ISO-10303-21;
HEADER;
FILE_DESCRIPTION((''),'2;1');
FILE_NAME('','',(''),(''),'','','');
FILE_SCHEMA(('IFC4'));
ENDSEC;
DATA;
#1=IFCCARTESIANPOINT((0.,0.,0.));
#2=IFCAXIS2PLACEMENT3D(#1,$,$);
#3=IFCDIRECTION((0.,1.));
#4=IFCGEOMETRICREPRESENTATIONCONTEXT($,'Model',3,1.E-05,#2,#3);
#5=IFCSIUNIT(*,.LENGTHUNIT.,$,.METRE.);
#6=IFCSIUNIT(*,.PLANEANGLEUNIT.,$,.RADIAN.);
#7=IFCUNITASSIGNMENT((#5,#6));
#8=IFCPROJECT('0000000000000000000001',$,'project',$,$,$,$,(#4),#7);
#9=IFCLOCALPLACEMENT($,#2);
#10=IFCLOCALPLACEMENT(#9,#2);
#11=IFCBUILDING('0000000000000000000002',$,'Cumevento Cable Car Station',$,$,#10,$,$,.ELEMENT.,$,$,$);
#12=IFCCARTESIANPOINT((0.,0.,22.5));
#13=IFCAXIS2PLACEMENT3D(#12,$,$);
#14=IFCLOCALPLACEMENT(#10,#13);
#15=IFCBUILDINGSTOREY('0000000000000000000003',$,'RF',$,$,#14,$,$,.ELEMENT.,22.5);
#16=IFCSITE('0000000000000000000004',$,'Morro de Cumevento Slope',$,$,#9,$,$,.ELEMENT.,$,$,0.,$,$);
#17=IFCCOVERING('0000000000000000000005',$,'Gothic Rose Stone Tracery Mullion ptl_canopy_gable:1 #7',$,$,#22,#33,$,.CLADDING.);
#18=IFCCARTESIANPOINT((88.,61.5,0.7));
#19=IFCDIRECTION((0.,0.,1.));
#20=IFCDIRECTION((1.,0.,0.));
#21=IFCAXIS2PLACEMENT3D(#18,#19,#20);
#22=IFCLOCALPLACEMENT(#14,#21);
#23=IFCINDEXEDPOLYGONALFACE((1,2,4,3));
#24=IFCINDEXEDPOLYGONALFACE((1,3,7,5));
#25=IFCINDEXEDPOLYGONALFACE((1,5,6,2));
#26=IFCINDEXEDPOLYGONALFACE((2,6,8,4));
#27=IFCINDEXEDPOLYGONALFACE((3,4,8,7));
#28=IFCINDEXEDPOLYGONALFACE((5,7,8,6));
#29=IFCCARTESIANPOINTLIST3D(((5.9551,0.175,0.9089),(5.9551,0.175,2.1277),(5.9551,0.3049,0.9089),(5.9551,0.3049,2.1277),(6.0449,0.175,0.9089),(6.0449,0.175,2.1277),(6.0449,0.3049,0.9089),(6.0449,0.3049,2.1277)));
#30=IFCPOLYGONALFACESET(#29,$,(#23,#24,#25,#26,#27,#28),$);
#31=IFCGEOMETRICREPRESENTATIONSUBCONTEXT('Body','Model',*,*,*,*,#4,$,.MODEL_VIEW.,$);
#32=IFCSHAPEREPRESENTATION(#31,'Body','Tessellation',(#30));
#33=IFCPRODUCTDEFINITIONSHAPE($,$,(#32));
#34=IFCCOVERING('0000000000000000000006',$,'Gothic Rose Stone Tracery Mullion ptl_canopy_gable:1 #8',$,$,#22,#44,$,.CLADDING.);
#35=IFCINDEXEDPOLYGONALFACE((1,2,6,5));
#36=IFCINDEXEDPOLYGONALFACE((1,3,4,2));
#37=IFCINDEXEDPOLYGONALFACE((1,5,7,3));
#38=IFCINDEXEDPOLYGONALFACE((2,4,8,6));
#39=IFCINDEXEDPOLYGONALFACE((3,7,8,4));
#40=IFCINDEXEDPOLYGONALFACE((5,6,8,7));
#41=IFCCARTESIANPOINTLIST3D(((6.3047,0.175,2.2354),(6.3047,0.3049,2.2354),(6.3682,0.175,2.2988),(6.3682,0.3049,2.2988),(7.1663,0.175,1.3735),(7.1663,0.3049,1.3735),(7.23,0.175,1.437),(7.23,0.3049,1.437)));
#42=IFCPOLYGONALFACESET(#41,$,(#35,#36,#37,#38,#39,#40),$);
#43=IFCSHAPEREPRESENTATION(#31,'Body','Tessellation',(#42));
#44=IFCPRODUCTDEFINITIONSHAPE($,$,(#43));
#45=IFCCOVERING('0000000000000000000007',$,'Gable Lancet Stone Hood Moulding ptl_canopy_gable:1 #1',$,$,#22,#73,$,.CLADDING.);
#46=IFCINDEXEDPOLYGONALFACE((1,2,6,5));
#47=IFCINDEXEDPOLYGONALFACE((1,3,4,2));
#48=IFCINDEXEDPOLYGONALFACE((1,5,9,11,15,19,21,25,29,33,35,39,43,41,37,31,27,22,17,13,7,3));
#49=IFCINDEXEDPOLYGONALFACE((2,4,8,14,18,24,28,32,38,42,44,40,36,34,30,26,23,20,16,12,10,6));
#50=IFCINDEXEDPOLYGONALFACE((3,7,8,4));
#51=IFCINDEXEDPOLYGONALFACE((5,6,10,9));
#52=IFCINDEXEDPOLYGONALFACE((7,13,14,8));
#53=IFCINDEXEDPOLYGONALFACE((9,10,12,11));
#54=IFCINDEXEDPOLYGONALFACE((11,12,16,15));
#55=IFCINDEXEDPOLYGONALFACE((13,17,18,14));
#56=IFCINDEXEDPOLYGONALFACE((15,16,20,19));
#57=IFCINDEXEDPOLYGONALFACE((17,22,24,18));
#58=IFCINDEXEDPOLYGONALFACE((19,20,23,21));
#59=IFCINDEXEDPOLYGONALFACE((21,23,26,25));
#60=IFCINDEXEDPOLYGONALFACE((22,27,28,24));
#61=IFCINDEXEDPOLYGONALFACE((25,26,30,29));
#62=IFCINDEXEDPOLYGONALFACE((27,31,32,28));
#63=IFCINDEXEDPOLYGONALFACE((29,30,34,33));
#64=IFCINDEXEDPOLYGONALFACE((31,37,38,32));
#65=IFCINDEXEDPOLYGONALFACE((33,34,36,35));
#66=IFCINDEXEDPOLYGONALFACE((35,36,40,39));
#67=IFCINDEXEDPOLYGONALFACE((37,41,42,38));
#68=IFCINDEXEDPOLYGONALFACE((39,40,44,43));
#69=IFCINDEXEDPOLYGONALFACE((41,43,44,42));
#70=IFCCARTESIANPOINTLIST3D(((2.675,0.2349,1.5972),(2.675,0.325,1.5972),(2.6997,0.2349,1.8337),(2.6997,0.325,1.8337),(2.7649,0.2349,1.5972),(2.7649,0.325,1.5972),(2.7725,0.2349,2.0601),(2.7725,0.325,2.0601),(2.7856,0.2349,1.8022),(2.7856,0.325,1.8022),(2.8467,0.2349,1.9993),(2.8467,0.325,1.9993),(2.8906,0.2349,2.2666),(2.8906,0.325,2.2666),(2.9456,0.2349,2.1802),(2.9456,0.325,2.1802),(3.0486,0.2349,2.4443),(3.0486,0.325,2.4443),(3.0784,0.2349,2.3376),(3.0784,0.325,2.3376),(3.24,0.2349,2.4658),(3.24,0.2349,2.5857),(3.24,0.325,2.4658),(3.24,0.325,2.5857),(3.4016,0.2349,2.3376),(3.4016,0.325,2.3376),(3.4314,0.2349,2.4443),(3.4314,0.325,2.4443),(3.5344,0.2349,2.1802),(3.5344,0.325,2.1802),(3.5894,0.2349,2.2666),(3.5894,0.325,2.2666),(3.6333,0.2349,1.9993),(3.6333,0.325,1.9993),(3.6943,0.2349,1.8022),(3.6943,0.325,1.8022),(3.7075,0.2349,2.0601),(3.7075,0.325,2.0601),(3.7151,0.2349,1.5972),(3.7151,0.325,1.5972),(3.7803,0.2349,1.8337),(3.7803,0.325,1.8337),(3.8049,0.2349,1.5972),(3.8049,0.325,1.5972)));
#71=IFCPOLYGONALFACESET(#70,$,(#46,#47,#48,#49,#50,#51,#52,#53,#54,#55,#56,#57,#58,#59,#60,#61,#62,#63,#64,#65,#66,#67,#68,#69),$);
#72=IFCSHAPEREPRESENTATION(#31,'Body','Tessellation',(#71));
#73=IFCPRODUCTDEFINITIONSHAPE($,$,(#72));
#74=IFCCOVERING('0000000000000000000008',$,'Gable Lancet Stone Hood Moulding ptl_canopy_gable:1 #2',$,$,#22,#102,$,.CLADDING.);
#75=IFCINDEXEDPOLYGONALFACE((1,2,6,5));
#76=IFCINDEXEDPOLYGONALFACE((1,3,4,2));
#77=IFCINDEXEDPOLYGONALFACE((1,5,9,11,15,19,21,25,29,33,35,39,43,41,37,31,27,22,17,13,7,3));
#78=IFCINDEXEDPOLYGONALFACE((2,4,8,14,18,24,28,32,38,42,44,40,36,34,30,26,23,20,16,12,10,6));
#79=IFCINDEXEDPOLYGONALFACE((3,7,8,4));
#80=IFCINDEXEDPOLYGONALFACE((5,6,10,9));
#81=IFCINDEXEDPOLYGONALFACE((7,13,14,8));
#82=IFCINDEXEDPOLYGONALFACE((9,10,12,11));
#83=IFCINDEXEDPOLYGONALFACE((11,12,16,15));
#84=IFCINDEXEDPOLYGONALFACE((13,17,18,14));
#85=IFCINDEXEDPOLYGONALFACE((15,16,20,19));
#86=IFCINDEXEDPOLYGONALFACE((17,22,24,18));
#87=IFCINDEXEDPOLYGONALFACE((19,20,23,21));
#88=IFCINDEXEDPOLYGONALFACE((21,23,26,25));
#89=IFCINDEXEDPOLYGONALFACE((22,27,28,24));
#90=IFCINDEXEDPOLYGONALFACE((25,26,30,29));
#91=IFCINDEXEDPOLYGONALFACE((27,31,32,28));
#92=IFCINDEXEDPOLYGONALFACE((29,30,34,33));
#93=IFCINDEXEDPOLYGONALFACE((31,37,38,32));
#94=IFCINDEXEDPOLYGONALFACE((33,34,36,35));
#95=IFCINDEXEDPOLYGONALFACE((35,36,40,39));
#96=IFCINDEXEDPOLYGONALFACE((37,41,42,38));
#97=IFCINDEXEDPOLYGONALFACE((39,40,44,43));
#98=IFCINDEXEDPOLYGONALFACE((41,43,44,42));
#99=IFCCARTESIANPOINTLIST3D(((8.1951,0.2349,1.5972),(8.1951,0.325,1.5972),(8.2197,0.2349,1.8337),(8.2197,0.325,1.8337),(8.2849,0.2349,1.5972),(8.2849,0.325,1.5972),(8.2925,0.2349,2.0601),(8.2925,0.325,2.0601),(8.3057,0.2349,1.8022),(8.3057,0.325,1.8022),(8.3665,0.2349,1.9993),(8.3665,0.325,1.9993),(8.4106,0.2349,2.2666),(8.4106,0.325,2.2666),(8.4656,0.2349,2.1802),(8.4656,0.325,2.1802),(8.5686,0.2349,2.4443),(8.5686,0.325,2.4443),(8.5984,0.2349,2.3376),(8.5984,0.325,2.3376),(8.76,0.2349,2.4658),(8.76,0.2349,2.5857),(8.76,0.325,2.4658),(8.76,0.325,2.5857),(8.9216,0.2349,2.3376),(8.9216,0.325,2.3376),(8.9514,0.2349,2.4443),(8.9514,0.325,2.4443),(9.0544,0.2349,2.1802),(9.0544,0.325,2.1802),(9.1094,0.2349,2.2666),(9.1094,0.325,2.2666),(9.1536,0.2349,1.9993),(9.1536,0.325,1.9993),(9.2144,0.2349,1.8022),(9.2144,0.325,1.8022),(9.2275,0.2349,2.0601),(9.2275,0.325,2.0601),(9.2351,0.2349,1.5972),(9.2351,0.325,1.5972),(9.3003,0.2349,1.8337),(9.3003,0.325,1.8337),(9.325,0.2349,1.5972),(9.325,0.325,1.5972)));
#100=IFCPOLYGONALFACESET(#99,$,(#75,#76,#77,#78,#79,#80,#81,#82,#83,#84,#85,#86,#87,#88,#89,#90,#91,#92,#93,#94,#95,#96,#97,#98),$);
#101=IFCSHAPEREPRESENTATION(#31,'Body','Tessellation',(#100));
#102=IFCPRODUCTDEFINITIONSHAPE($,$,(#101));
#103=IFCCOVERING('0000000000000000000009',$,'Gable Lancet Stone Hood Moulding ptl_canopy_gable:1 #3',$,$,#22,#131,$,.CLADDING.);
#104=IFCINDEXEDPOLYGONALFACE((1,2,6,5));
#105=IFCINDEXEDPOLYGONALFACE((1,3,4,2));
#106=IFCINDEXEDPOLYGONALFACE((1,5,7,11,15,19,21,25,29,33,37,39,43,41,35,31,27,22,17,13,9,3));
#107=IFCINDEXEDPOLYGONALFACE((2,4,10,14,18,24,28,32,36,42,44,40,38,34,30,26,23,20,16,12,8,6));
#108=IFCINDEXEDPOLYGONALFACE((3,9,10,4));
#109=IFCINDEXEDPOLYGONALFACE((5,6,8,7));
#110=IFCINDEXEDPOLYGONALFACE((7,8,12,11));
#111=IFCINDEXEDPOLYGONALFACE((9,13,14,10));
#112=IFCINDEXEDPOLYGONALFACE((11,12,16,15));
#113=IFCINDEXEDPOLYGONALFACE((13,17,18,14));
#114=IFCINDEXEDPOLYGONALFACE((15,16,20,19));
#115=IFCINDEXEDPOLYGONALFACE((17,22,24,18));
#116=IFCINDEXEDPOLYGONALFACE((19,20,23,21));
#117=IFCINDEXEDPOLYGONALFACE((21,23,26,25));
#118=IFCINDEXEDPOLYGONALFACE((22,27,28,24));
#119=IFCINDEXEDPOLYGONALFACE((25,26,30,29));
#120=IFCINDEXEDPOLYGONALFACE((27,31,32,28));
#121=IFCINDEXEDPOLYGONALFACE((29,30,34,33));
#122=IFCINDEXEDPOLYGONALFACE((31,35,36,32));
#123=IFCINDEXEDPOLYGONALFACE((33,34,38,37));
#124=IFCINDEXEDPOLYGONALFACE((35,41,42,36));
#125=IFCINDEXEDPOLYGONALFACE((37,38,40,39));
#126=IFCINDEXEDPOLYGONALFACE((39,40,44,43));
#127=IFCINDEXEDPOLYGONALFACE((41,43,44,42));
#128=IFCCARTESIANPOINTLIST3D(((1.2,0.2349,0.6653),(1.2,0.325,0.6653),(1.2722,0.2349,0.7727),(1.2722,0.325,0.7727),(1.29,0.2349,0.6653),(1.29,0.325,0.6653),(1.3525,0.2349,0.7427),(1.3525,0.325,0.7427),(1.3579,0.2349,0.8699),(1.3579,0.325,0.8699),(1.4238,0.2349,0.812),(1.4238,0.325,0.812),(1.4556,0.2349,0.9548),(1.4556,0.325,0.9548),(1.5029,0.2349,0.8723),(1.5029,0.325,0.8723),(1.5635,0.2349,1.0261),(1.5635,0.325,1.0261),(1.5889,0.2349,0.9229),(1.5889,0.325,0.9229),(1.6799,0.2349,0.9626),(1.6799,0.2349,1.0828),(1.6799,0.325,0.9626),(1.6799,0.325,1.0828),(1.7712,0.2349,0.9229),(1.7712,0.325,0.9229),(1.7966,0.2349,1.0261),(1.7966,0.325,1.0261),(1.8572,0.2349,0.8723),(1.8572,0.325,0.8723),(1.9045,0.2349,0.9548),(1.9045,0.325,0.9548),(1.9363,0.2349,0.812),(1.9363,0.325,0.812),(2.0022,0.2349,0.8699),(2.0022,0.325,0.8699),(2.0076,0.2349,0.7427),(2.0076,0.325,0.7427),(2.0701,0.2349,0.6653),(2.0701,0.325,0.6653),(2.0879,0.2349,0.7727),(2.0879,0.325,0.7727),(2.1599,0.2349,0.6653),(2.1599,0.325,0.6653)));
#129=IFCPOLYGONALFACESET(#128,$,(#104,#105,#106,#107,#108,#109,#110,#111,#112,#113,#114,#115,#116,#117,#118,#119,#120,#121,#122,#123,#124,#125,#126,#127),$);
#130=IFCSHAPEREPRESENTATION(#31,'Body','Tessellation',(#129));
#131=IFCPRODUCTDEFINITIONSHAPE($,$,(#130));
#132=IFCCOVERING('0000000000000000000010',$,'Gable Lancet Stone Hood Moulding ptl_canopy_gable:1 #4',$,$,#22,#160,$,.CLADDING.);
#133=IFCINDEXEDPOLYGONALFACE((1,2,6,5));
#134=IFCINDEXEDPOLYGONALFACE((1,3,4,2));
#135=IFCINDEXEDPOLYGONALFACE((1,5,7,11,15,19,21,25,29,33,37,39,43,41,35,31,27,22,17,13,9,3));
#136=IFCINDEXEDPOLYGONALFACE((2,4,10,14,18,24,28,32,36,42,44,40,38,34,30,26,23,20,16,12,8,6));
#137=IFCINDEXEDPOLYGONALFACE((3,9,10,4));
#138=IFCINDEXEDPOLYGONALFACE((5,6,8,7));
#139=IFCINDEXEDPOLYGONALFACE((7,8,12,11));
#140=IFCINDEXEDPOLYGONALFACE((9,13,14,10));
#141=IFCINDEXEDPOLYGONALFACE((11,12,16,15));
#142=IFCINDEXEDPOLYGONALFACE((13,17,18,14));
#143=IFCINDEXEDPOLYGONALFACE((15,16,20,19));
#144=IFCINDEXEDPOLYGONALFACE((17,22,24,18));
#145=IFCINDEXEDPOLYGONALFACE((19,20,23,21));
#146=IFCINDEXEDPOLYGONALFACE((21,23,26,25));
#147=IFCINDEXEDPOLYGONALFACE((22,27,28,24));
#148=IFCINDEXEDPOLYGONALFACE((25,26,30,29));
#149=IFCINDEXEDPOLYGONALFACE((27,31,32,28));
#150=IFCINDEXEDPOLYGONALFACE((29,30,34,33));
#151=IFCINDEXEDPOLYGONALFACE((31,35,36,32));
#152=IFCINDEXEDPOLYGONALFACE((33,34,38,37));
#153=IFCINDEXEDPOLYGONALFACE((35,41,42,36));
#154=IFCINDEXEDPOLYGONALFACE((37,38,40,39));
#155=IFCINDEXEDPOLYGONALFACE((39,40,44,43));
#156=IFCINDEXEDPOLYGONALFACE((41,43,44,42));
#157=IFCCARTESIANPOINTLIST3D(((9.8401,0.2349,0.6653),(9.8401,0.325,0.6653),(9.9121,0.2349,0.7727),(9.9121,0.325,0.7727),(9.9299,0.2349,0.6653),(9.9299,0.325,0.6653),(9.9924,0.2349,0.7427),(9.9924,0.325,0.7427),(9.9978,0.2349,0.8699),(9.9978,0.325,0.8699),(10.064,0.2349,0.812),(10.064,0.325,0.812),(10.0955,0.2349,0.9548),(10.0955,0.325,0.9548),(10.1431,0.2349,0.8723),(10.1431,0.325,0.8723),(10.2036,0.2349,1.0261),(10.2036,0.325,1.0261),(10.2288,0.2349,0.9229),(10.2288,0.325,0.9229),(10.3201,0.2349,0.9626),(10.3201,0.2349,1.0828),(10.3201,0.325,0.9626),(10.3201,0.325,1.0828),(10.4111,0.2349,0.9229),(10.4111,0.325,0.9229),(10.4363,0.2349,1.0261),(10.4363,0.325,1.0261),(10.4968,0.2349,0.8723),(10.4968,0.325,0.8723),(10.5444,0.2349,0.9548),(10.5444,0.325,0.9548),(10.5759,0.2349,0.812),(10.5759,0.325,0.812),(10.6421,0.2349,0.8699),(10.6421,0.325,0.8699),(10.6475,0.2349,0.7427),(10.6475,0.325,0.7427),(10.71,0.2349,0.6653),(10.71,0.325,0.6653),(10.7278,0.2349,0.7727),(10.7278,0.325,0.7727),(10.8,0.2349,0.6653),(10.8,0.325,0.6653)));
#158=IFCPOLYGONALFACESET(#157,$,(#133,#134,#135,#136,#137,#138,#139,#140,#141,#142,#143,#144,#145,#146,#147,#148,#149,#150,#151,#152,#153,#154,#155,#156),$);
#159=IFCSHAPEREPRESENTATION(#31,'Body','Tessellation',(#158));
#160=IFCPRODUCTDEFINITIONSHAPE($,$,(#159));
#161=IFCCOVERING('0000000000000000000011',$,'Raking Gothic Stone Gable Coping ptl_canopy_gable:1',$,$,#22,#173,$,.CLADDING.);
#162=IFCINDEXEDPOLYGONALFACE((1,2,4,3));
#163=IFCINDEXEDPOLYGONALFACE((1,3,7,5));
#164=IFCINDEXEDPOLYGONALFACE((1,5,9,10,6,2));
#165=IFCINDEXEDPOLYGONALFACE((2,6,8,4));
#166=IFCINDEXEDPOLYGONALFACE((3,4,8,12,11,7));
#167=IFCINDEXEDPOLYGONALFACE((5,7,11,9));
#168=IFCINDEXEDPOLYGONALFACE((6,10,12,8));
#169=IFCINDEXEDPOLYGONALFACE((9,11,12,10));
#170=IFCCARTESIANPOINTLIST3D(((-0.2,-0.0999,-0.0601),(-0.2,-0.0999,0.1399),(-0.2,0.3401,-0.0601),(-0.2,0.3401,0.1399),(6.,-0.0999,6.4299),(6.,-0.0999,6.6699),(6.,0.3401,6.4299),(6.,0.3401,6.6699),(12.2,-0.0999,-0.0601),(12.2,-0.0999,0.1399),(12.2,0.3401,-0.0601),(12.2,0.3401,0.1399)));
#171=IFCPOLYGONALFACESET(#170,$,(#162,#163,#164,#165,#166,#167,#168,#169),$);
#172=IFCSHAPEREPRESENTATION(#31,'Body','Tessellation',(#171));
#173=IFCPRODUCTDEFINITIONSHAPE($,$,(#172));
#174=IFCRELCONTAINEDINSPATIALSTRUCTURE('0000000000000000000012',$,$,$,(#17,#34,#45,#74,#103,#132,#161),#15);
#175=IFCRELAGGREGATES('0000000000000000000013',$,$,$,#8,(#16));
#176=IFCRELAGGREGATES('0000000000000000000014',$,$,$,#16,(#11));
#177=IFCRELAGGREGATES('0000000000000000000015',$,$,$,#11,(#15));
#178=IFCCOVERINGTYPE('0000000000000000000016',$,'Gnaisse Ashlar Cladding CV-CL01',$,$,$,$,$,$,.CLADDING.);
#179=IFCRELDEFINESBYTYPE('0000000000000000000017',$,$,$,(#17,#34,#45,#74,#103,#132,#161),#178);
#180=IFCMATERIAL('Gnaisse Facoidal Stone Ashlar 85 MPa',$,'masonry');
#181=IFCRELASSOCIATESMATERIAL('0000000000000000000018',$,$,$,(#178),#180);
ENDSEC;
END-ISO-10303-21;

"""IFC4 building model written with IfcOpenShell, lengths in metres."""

from ifc_helpers import new_model, si_unit, direction, frame, origin, place, context, subcontext, project, spatial, polyline, outline, extrude, material, type_object, element, save


model = new_model("IFC4")

# Units and contexts
model_context = context("Model", 3, precision=1e-05, world=origin(), true_north=direction((0.0, 1.0)))
body_context = subcontext(model_context, "Body", "Model", "MODEL_VIEW")
ifc_project = project(units=[si_unit("LENGTHUNIT", "METRE"), si_unit("PLANEANGLEUNIT", "RADIAN")], contexts=[model_context])

# Site, building, storey
site_placement = place(None, origin())
site = spatial("IfcSite", under=ifc_project, at=site_placement, Name="Morro de Cumevento Slope", CompositionType="ELEMENT", RefElevation=0.0)
building_placement = place(site_placement, origin())
building = spatial("IfcBuilding", under=site, at=building_placement, Name="Cumevento Cable Car Station", CompositionType="ELEMENT")
storey_placement = place(building_placement, frame((0.0, 0.0, 22.5)))
storey = spatial("IfcBuildingStorey", under=building, at=storey_placement, Name="RF", CompositionType="ELEMENT", Elevation=22.5)

# Coverings
ifc_material_1 = material(Name="Gnaisse Facoidal Stone Ashlar 85 MPa", Category="masonry")
covering_type_1 = type_object("IfcCoveringType", Name="Gnaisse Ashlar Cladding CV-CL01", PredefinedType="CLADDING", material=ifc_material_1)
placement = place(storey_placement, frame((88.0, 61.5, 0.7), z_axis=(0.0, 0.0, 1.0), x_axis=(1.0, 0.0, 0.0)))
element("IfcCovering", 1, at=placement, inside=storey, type_object=covering_type_1, Name="Gothic Rose Stone Tracery Mullion ptl_canopy_gable:1 #7", PredefinedType="CLADDING", context=body_context, shape_type="SweptSolid", body=[
    extrude(outline(polyline([(6.0449, 2.1277), (6.0449, 0.9089), (5.9551, 0.9089), (5.9551, 2.1277), (6.0449, 2.1277)])), frame((0.0, 0.3049, 0.0), z_axis=(0.0, -1.0, 0.0), x_axis=(1.0, 0.0, 0.0)), (0.0, 0.0, 1.0), 0.1299),
])
element("IfcCovering", 2, at=placement, inside=storey, type_object=covering_type_1, Name="Gothic Rose Stone Tracery Mullion ptl_canopy_gable:1 #8", PredefinedType="CLADDING", context=body_context, shape_type="SweptSolid", body=[
    extrude(outline(polyline([(6.3682, 2.2988), (7.23, 1.437), (7.1663, 1.3735), (6.3047, 2.2354), (6.3682, 2.2988)])), frame((0.0, 0.3049, 0.0), z_axis=(0.0, -1.0, 0.0), x_axis=(1.0, 0.0, 0.0)), (0.0, 0.0, 1.0), 0.1299),
])
element("IfcCovering", 3, at=placement, inside=storey, type_object=covering_type_1, Name="Gable Lancet Stone Hood Moulding ptl_canopy_gable:1 #1", PredefinedType="CLADDING", context=body_context, shape_type="SweptSolid", body=[
    extrude(outline(polyline([(2.7649, 1.5972), (2.7856, 1.8022), (2.8467, 1.9993), (2.9456, 2.1802), (3.0784, 2.3376), (3.24, 2.4658), (3.4016, 2.3376), (3.5344, 2.1802), (3.6333, 1.9993), (3.6943, 1.8022), (3.7151, 1.5972), (3.8049, 1.5972), (3.7803, 1.8337), (3.7075, 2.0601), (3.5894, 2.2666), (3.4314, 2.4443), (3.24, 2.5857), (3.0486, 2.4443), (2.8906, 2.2666), (2.7725, 2.0601), (2.6997, 1.8337), (2.675, 1.5972), (2.7649, 1.5972)])), frame((0.0, 0.325, 0.0), z_axis=(0.0, -1.0, 0.0), x_axis=(1.0, 0.0, 0.0)), (0.0, 0.0, 1.0), 0.0901),
])
element("IfcCovering", 4, at=placement, inside=storey, type_object=covering_type_1, Name="Gable Lancet Stone Hood Moulding ptl_canopy_gable:1 #2", PredefinedType="CLADDING", context=body_context, shape_type="SweptSolid", body=[
    extrude(outline(polyline([(8.2849, 1.5972), (8.3057, 1.8022), (8.3665, 1.9993), (8.4656, 2.1802), (8.5984, 2.3376), (8.76, 2.4658), (8.9216, 2.3376), (9.0544, 2.1802), (9.1536, 1.9993), (9.2144, 1.8022), (9.2351, 1.5972), (9.325, 1.5972), (9.3003, 1.8337), (9.2275, 2.0601), (9.1094, 2.2666), (8.9514, 2.4443), (8.76, 2.5857), (8.5686, 2.4443), (8.4106, 2.2666), (8.2925, 2.0601), (8.2197, 1.8337), (8.1951, 1.5972), (8.2849, 1.5972)])), frame((0.0, 0.325, 0.0), z_axis=(0.0, -1.0, 0.0), x_axis=(1.0, 0.0, 0.0)), (0.0, 0.0, 1.0), 0.0901),
])
element("IfcCovering", 5, at=placement, inside=storey, type_object=covering_type_1, Name="Gable Lancet Stone Hood Moulding ptl_canopy_gable:1 #3", PredefinedType="CLADDING", context=body_context, shape_type="SweptSolid", body=[
    extrude(outline(polyline([(1.29, 0.6653), (1.3525, 0.7427), (1.4238, 0.812), (1.5029, 0.8723), (1.5889, 0.9229), (1.6799, 0.9626), (1.7712, 0.9229), (1.8572, 0.8723), (1.9363, 0.812), (2.0076, 0.7427), (2.0701, 0.6653), (2.1599, 0.6653), (2.0879, 0.7727), (2.0022, 0.8699), (1.9045, 0.9548), (1.7966, 1.0261), (1.6799, 1.0828), (1.5635, 1.0261), (1.4556, 0.9548), (1.3579, 0.8699), (1.2722, 0.7727), (1.2, 0.6653), (1.29, 0.6653)])), frame((0.0, 0.325, 0.0), z_axis=(0.0, -1.0, 0.0), x_axis=(1.0, 0.0, 0.0)), (0.0, 0.0, 1.0), 0.0901),
])
element("IfcCovering", 6, at=placement, inside=storey, type_object=covering_type_1, Name="Gable Lancet Stone Hood Moulding ptl_canopy_gable:1 #4", PredefinedType="CLADDING", context=body_context, shape_type="SweptSolid", body=[
    extrude(outline(polyline([(9.9299, 0.6653), (9.9924, 0.7427), (10.064, 0.812), (10.1431, 0.8723), (10.2288, 0.9229), (10.3201, 0.9626), (10.4111, 0.9229), (10.4968, 0.8723), (10.5759, 0.812), (10.6475, 0.7427), (10.71, 0.6653), (10.8, 0.6653), (10.7278, 0.7727), (10.6421, 0.8699), (10.5444, 0.9548), (10.4363, 1.0261), (10.3201, 1.0828), (10.2036, 1.0261), (10.0955, 0.9548), (9.9978, 0.8699), (9.9121, 0.7727), (9.8401, 0.6653), (9.9299, 0.6653)])), frame((0.0, 0.325, 0.0), z_axis=(0.0, -1.0, 0.0), x_axis=(1.0, 0.0, 0.0)), (0.0, 0.0, 1.0), 0.0901),
])
element("IfcCovering", 7, at=placement, inside=storey, type_object=covering_type_1, Name="Raking Gothic Stone Gable Coping ptl_canopy_gable:1", PredefinedType="CLADDING", context=body_context, shape_type="SweptSolid", body=[
    extrude(outline(polyline([(-0.2, -0.0601), (6.0, 6.4299), (12.2, -0.0601), (12.2, 0.1399), (6.0, 6.6699), (-0.2, 0.1399), (-0.2, -0.0601)])), frame((0.0, 0.3401, 0.0), z_axis=(0.0, -1.0, 0.0), x_axis=(1.0, 0.0, 0.0)), (0.0, 0.0, 1.0), 0.4399),
])

save(model, "model.ifc")
